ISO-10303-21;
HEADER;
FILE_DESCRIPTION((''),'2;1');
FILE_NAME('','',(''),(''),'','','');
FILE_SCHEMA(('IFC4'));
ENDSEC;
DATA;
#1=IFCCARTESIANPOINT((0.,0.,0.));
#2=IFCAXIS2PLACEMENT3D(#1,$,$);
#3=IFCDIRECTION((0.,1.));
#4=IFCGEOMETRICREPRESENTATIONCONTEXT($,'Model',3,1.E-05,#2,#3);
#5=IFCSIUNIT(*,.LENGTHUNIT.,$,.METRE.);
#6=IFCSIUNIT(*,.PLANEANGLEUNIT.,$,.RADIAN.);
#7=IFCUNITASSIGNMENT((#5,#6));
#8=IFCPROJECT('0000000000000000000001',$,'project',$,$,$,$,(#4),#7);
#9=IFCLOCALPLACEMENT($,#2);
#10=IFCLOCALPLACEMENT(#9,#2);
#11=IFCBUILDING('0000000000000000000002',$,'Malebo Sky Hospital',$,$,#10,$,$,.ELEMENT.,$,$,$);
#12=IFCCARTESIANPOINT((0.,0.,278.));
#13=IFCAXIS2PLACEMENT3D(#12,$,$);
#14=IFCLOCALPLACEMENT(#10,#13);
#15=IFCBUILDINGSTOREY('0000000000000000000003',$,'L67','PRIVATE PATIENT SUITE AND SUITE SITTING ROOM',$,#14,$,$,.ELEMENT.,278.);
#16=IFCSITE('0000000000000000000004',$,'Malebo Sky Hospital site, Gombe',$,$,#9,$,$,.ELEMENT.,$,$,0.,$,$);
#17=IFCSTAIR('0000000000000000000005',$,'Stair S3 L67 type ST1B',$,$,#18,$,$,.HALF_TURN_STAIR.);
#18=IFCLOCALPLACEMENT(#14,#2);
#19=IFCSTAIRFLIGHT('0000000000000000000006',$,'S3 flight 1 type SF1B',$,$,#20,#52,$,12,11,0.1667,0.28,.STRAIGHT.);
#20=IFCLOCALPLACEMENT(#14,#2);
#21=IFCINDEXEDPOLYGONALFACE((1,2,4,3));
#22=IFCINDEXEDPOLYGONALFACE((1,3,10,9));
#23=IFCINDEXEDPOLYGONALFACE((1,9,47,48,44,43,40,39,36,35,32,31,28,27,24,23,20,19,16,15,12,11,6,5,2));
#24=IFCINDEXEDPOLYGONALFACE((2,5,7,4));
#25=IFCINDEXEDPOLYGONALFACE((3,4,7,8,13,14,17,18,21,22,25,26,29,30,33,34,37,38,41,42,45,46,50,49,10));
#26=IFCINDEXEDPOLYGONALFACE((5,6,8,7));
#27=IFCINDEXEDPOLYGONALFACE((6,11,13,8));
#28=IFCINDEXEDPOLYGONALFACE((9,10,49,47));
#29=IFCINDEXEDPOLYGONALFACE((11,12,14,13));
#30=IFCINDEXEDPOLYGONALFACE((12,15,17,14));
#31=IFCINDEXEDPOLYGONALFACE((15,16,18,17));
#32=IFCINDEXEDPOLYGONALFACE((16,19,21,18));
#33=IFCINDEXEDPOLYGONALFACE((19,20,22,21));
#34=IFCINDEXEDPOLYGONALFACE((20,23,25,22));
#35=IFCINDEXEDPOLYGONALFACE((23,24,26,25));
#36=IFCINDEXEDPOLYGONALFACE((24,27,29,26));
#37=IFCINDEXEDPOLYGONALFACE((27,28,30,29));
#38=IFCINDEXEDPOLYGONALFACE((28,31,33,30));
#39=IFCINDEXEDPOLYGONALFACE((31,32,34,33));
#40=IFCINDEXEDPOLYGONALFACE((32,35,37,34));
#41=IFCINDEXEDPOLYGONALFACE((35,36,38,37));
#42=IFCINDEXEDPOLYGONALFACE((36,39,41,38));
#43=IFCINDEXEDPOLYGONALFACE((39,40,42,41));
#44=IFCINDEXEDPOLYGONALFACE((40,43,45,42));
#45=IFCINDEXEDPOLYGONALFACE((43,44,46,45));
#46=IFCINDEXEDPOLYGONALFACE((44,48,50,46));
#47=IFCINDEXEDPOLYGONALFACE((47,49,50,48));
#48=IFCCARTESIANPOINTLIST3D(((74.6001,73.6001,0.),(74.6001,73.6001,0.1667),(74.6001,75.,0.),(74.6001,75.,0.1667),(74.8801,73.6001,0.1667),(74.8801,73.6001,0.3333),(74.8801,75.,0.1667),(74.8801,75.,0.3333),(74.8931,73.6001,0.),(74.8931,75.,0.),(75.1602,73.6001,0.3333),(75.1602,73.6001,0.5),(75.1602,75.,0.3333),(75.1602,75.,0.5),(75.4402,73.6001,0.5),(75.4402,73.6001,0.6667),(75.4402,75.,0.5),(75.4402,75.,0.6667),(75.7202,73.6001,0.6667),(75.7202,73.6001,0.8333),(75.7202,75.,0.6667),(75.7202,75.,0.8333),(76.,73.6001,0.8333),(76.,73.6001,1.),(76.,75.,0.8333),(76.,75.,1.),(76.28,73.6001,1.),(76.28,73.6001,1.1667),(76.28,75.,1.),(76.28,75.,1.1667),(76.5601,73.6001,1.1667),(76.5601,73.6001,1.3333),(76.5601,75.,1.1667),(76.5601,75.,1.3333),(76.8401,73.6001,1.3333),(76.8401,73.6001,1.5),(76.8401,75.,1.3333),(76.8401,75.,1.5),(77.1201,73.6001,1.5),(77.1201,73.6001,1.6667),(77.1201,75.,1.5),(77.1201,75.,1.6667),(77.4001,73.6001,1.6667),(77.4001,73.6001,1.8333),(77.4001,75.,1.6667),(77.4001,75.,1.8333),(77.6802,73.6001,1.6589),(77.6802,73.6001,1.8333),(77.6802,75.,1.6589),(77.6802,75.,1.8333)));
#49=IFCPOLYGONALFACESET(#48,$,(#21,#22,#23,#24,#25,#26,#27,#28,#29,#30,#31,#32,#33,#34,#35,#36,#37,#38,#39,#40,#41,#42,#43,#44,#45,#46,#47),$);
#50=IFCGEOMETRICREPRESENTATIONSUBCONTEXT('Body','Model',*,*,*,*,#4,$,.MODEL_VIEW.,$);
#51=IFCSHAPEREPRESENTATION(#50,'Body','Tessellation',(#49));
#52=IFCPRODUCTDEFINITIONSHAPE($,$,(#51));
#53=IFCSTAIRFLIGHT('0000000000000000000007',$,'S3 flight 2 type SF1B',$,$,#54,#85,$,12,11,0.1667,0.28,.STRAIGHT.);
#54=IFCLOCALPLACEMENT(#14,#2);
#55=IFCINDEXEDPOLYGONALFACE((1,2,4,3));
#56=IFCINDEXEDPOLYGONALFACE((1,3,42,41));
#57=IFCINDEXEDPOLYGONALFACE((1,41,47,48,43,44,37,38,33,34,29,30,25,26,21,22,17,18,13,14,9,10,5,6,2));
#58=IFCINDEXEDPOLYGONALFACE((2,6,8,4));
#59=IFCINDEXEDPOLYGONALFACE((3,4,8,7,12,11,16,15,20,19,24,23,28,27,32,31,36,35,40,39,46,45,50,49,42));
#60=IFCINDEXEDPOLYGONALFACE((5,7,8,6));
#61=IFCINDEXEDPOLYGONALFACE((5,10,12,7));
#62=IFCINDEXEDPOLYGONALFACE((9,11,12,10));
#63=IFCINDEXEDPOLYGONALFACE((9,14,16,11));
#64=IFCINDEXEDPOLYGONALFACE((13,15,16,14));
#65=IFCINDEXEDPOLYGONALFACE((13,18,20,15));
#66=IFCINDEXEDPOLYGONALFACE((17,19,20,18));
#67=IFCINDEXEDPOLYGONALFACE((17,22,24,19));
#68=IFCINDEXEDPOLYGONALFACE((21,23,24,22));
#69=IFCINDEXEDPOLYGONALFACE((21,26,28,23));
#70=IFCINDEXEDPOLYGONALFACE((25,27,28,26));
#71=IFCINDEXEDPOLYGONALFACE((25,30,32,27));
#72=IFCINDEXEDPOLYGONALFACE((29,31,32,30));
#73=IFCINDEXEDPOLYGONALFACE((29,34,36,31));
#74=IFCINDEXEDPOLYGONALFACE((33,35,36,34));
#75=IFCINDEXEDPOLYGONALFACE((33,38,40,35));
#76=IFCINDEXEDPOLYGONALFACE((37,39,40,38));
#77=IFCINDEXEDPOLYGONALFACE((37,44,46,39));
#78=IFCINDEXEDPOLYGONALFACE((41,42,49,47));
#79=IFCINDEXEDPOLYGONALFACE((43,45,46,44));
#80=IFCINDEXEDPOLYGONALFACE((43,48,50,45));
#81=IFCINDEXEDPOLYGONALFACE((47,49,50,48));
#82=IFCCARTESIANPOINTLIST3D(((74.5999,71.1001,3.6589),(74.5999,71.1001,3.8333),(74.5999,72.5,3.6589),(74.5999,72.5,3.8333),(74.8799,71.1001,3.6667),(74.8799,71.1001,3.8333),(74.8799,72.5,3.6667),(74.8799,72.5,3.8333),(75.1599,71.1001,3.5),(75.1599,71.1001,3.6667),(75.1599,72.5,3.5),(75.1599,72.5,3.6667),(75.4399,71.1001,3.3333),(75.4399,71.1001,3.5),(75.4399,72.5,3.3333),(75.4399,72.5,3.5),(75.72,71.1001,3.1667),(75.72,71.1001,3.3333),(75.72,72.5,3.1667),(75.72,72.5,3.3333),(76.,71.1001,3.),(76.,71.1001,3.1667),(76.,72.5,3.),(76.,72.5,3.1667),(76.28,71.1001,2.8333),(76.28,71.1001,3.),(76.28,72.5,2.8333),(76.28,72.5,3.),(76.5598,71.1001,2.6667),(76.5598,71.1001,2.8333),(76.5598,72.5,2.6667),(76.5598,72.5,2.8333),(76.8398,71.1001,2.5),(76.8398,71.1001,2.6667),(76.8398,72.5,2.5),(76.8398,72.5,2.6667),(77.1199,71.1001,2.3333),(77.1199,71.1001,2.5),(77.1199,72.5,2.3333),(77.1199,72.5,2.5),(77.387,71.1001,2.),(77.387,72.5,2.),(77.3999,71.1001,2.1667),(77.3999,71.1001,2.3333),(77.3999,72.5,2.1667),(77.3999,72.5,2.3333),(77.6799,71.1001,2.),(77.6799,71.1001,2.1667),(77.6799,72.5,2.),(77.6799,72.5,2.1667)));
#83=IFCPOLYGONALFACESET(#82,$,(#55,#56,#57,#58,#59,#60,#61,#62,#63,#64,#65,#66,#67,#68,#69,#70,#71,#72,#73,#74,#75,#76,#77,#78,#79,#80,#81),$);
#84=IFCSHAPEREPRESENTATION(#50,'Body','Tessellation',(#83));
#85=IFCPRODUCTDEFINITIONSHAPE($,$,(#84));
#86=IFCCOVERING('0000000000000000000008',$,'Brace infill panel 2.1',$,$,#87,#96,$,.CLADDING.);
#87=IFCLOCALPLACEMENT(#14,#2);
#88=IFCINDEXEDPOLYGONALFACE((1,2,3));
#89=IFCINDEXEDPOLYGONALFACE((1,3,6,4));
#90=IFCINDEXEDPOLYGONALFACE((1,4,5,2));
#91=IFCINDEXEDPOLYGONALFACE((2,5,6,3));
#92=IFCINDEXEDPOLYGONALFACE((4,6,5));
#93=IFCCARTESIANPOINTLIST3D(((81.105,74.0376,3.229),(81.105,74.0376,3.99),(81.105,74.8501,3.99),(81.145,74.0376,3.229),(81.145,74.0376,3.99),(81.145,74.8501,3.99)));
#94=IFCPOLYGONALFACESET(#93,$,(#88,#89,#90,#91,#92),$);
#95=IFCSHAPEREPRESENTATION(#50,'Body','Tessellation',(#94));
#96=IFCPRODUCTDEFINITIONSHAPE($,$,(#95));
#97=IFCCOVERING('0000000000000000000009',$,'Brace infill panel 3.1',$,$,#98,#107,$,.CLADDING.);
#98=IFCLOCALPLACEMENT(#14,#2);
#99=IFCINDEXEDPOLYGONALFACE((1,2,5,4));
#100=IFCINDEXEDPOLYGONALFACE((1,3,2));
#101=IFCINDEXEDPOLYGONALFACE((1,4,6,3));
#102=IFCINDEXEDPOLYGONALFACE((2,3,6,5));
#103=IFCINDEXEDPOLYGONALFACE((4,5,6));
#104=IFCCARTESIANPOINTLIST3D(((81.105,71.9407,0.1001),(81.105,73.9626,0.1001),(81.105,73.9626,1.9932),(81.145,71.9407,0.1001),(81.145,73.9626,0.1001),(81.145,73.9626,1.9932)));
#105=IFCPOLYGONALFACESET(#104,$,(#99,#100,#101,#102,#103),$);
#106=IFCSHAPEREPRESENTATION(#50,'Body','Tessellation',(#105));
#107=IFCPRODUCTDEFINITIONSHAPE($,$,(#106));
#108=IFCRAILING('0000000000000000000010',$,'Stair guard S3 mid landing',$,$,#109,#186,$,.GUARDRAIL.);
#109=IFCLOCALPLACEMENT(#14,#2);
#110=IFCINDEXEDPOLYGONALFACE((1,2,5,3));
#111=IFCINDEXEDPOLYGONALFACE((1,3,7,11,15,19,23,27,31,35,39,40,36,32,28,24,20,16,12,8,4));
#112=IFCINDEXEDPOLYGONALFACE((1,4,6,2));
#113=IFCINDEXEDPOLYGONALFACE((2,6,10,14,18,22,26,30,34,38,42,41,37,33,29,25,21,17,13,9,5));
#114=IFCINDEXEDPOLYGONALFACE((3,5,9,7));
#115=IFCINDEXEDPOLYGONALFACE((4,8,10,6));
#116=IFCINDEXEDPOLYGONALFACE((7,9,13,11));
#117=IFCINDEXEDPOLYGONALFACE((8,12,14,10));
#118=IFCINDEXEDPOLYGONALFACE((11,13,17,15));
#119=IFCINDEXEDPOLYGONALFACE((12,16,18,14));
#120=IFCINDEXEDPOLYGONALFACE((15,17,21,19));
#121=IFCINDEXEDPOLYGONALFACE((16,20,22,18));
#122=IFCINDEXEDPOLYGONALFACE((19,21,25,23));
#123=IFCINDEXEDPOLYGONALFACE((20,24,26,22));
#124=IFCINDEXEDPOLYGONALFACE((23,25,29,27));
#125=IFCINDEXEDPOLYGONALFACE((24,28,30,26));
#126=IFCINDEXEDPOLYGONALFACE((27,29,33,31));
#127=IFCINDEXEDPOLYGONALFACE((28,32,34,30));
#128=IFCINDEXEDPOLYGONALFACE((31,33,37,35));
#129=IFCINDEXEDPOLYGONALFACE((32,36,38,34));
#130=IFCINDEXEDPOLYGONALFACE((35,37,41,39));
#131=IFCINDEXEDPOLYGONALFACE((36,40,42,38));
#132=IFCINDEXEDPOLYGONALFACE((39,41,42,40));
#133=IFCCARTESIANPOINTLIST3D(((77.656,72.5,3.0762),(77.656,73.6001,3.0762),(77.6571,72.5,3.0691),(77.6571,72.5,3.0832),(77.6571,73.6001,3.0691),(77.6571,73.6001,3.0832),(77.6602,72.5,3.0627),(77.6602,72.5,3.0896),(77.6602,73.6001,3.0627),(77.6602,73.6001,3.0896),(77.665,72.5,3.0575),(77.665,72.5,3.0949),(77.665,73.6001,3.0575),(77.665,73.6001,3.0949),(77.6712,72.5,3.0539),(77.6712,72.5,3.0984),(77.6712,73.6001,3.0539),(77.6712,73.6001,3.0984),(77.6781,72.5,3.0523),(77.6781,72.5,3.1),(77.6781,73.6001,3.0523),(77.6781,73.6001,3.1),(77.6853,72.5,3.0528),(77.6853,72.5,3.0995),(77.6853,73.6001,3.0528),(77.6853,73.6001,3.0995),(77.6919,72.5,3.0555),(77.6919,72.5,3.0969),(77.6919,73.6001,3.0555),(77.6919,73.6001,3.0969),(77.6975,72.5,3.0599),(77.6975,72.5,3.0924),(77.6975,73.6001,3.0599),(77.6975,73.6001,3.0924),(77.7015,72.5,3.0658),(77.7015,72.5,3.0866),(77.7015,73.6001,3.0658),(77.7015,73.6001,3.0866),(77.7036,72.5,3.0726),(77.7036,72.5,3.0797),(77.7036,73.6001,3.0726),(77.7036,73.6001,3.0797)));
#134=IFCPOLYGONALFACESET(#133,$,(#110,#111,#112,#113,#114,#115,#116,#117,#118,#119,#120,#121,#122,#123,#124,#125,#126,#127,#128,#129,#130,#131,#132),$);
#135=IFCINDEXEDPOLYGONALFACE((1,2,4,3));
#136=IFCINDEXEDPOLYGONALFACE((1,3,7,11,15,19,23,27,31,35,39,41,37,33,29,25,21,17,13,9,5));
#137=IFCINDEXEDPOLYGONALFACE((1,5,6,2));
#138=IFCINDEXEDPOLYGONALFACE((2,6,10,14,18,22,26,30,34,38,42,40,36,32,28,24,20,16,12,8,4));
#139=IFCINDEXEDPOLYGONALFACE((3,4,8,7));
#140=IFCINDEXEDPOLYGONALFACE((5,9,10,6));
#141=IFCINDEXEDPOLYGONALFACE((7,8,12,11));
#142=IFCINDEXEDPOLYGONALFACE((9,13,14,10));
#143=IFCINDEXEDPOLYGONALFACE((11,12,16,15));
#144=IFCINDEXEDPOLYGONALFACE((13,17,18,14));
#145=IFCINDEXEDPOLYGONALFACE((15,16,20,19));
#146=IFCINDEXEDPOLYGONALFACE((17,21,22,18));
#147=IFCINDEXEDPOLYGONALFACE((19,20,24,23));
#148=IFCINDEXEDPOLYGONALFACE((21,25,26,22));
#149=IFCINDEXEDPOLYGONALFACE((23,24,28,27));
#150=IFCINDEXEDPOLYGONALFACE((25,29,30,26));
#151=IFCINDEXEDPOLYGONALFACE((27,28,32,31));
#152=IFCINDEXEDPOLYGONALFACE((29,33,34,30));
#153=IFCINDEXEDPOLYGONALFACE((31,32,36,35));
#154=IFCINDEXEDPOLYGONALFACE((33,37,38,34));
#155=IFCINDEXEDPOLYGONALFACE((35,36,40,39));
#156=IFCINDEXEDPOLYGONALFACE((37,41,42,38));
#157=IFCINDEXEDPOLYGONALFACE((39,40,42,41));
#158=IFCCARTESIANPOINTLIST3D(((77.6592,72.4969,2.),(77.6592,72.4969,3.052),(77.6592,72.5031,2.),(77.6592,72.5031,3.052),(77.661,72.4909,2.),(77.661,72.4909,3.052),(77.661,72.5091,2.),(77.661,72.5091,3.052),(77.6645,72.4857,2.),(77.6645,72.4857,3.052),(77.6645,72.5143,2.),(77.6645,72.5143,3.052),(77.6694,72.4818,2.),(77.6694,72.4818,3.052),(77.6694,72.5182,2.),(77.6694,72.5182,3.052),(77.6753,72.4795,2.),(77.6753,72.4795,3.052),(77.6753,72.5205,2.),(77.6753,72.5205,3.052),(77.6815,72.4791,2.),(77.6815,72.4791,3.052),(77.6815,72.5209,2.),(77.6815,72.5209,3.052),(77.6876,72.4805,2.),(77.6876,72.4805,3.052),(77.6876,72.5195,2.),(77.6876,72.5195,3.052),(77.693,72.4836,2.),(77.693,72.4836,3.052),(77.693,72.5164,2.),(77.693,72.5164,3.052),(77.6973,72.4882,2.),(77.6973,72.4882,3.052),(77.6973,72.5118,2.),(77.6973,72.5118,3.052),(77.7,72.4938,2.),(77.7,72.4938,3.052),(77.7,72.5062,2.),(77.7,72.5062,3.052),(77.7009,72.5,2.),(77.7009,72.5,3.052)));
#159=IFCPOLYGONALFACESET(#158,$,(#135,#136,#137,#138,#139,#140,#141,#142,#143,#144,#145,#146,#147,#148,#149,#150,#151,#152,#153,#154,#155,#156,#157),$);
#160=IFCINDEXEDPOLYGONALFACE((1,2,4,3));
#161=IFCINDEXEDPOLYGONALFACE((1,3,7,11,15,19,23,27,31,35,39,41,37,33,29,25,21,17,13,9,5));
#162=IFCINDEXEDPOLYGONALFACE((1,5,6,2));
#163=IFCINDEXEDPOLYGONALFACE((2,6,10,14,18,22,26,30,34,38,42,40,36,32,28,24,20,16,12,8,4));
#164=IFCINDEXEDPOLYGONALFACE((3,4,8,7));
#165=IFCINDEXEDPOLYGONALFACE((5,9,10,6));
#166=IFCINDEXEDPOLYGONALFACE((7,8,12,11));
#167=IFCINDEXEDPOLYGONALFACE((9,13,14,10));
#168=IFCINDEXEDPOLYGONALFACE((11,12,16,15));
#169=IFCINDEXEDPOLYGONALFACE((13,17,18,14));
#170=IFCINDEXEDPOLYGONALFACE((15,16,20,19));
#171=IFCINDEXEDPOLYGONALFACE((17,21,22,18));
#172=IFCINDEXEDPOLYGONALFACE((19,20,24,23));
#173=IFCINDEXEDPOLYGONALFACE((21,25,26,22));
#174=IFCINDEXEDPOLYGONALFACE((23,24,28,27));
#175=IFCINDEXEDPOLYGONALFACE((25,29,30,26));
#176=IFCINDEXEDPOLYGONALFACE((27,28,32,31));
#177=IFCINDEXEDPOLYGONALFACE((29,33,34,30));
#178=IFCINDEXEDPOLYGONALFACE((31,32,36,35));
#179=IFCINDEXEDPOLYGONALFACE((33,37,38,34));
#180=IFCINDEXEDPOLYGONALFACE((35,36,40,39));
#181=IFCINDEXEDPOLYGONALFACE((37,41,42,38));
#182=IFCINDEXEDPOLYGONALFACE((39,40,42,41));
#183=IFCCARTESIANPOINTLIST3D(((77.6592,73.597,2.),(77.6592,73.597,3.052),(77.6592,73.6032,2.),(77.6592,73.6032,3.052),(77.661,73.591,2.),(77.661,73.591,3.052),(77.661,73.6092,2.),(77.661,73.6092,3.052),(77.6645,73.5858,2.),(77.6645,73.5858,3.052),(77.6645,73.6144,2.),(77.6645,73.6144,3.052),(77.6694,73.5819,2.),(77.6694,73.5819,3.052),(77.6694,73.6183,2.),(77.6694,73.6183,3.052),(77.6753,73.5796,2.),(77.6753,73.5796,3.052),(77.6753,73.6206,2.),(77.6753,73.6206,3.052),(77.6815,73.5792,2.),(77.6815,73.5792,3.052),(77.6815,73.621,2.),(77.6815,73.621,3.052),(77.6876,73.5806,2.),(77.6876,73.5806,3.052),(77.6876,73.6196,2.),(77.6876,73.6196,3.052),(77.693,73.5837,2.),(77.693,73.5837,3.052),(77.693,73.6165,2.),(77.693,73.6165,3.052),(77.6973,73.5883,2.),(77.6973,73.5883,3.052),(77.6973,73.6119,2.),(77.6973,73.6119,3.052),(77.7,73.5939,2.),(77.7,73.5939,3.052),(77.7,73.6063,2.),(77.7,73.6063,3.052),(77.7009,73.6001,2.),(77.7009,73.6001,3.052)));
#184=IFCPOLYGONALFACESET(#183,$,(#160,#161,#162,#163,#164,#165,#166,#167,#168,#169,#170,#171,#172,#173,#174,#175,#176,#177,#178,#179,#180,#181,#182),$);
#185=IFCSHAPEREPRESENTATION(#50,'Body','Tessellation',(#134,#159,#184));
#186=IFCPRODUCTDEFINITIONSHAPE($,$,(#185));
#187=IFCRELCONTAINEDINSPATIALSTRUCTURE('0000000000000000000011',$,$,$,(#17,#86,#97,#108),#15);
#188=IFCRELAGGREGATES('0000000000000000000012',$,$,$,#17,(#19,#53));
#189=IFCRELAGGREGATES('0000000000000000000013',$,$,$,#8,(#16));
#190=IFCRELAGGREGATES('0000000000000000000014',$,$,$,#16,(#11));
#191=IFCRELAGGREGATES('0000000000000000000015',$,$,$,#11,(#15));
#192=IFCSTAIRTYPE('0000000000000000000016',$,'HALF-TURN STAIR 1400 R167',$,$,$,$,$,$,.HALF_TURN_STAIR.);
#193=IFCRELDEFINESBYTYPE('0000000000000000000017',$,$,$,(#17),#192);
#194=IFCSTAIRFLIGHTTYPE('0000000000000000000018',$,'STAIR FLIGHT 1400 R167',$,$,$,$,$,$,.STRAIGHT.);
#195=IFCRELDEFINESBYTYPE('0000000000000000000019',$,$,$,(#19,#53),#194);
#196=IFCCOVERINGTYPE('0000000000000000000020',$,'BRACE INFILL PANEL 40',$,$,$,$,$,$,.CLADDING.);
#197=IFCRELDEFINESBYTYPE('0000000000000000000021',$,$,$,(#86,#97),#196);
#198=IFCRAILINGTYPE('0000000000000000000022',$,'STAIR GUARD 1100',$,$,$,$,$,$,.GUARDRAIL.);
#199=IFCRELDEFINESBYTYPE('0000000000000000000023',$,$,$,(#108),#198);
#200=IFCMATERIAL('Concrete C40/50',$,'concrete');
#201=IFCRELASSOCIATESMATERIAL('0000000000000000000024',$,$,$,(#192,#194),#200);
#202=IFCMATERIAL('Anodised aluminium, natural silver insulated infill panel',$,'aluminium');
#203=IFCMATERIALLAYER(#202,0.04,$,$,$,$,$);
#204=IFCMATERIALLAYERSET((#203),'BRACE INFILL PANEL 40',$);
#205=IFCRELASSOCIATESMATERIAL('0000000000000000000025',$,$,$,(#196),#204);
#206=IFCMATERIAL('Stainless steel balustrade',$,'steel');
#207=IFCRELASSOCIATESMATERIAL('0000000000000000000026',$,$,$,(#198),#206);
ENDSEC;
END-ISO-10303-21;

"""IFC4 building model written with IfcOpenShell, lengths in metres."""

from ifc_helpers import new_model, si_unit, direction, frame, origin, origin_2d, place, context, subcontext, project, spatial, polyline, circle, outline, extrude, material, layer, layer_set, type_object, element, aggregate, save


model = new_model("IFC4")

# Units and contexts
model_context = context("Model", 3, precision=1e-05, world=origin(), true_north=direction((0.0, 1.0)))
body_context = subcontext(model_context, "Body", "Model", "MODEL_VIEW")
ifc_project = project(units=[si_unit("LENGTHUNIT", "METRE"), si_unit("PLANEANGLEUNIT", "RADIAN")], contexts=[model_context])

# Site, building, storey
site_placement = place(None, origin())
site = spatial("IfcSite", under=ifc_project, at=site_placement, Name="Malebo Sky Hospital site, Gombe", CompositionType="ELEMENT", RefElevation=0.0)
building_placement = place(site_placement, origin())
building = spatial("IfcBuilding", under=site, at=building_placement, Name="Malebo Sky Hospital", CompositionType="ELEMENT")
storey_placement = place(building_placement, frame((0.0, 0.0, 278.0)))
storey = spatial("IfcBuildingStorey", under=building, at=storey_placement, Name="L67", Description="PRIVATE PATIENT SUITE AND SUITE SITTING ROOM", CompositionType="ELEMENT", Elevation=278.0)

# Shared definitions
ifc_material_1 = material(Name="Concrete C40/50", Category="concrete")

# Stair, stair flights
stair_type = type_object("IfcStairType", Name="HALF-TURN STAIR 1400 R167", PredefinedType="HALF_TURN_STAIR", material=ifc_material_1)
stair_placement = place(storey_placement, origin())
stair = element("IfcStair", 1, at=stair_placement, inside=storey, type_object=stair_type, Name="Stair S3 L67 type ST1B", PredefinedType="HALF_TURN_STAIR")
stair_flight_type = type_object("IfcStairFlightType", Name="STAIR FLIGHT 1400 R167", PredefinedType="STRAIGHT", material=ifc_material_1)
stair_flight_1_placement = place(storey_placement, frame((74.6001, 74.3, 0.0), z_axis=(0.0, 0.0, 1.0), x_axis=(1.0, 0.0, 0.0)))
stair_flight_1 = element("IfcStairFlight", 2, at=stair_flight_1_placement, type_object=stair_flight_type, Name="S3 flight 1 type SF1B", NumberOfRisers=12, NumberOfTreads=11, PredefinedType="STRAIGHT", RiserHeight=0.1667, TreadLength=0.28, context=body_context, shape_type="SweptSolid", body=[
    extrude(outline(polyline([(0.0, 0.0), (0.0, 0.1667), (0.28, 0.1667), (0.28, 0.3333), (0.5601, 0.3333), (0.5601, 0.5), (0.8401, 0.5), (0.8401, 0.6667), (1.1201, 0.6667), (1.1201, 0.8333), (1.3999, 0.8333), (1.3999, 1.0), (1.6799, 1.0), (1.6799, 1.1667), (1.96, 1.1667), (1.96, 1.3333), (2.24, 1.3333), (2.24, 1.5), (2.52, 1.5), (2.52, 1.6667), (2.8, 1.6667), (2.8, 1.8333), (3.0801, 1.8333), (3.0801, 2.0), (3.0801, 1.6589), (0.293, 0.0), (0.0, 0.0)])), frame((0.0, 0.7, 0.0), z_axis=(0.0, -1.0, 0.0), x_axis=(1.0, 0.0, 0.0)), (0.0, 0.0, 1.0), 1.3999),
])
stair_flight_2_placement = place(storey_placement, frame((77.6799, 71.8, 2.0), z_axis=(0.0, 0.0, 1.0), x_axis=(-1.0, 0.0, 0.0)))
stair_flight_2 = element("IfcStairFlight", 3, at=stair_flight_2_placement, type_object=stair_flight_type, Name="S3 flight 2 type SF1B", NumberOfRisers=12, NumberOfTreads=11, PredefinedType="STRAIGHT", RiserHeight=0.1667, TreadLength=0.28, context=body_context, shape_type="SweptSolid", body=[
    extrude(outline(polyline([(0.0, 0.0), (0.0, 0.1667), (0.28, 0.1667), (0.28, 0.3333), (0.5601, 0.3333), (0.5601, 0.5), (0.8401, 0.5), (0.8401, 0.6667), (1.1201, 0.6667), (1.1201, 0.8333), (1.3999, 0.8333), (1.3999, 1.0), (1.6799, 1.0), (1.6799, 1.1667), (1.96, 1.1667), (1.96, 1.3333), (2.24, 1.3333), (2.24, 1.5), (2.52, 1.5), (2.52, 1.6667), (2.8, 1.6667), (2.8, 1.8333), (3.0801, 1.8333), (3.0801, 2.0), (3.0801, 1.6589), (0.293, 0.0), (0.0, 0.0)])), frame((0.0, 0.7, 0.0), z_axis=(0.0, -1.0, 0.0), x_axis=(1.0, 0.0, 0.0)), (0.0, 0.0, 1.0), 1.3999),
])
aggregate(stair, [stair_flight_1, stair_flight_2])

# Coverings
ifc_material_2 = material(Name="Anodised aluminium, natural silver insulated infill panel", Category="aluminium")
ifc_layer_1 = layer(ifc_material_2, 0.04)
ifc_layer_set_1 = layer_set([ifc_layer_1], Name="BRACE INFILL PANEL 40")
covering_type = type_object("IfcCoveringType", Name="BRACE INFILL PANEL 40", PredefinedType="CLADDING", material=ifc_layer_set_1)
covering_1_placement = place(storey_placement, frame((81.125, 74.4438, 3.229), z_axis=(0.0, 0.0, 1.0), x_axis=(0.0, -1.0, 0.0)))
element("IfcCovering", 4, at=covering_1_placement, inside=storey, type_object=covering_type, Name="Brace infill panel 2.1", PredefinedType="CLADDING", context=body_context, shape_type="SweptSolid", body=[
    extrude(outline(polyline([(0.4062, 0.0), (0.4062, 0.761), (-0.4062, 0.761), (0.4062, 0.0)])), frame((0.0, 0.02, 0.0), z_axis=(0.0, -1.0, 0.0), x_axis=(1.0, 0.0, 0.0)), (0.0, 0.0, 1.0), 0.04),
])
covering_2_placement = place(storey_placement, frame((81.125, 72.9517, 0.1001), z_axis=(0.0, 0.0, 1.0), x_axis=(0.0, -1.0, 0.0)))
element("IfcCovering", 5, at=covering_2_placement, inside=storey, type_object=covering_type, Name="Brace infill panel 3.1", PredefinedType="CLADDING", context=body_context, shape_type="SweptSolid", body=[
    extrude(outline(polyline([(-1.011, 0.0), (1.011, 0.0), (-1.011, 1.8931), (-1.011, 0.0)])), frame((0.0, 0.02, 0.0), z_axis=(0.0, -1.0, 0.0), x_axis=(1.0, 0.0, 0.0)), (0.0, 0.0, 1.0), 0.04),
])

# Railing
ifc_material_3 = material(Name="Stainless steel balustrade", Category="steel")
railing_type_1 = type_object("IfcRailingType", Name="STAIR GUARD 1100", PredefinedType="GUARDRAIL", material=ifc_material_3)
railing_1_placement = place(storey_placement, frame((77.6799, 72.5, 2.0)))
element("IfcRailing", 6, at=railing_1_placement, inside=storey, type_object=railing_type_1, Name="Stair guard S3 mid landing", PredefinedType="GUARDRAIL", context=body_context, shape_type="SweptSolid", body=[
    extrude(circle(Radius=0.0239, at=origin_2d()), frame((0.0, 0.0, 1.0762), z_axis=(0.0, 1.0, 0.0), x_axis=(-1.0, 0.0, 0.0)), (0.0, 0.0, 1.0), 1.1001),
    extrude(circle(Radius=0.021, at=origin_2d()), origin(), (0.0, 0.0, 1.0), 1.052),
    extrude(circle(Radius=0.021, at=origin_2d()), frame((0.0, 1.1001, 0.0)), (0.0, 0.0, 1.0), 1.052),
])

save(model, "model.ifc")
